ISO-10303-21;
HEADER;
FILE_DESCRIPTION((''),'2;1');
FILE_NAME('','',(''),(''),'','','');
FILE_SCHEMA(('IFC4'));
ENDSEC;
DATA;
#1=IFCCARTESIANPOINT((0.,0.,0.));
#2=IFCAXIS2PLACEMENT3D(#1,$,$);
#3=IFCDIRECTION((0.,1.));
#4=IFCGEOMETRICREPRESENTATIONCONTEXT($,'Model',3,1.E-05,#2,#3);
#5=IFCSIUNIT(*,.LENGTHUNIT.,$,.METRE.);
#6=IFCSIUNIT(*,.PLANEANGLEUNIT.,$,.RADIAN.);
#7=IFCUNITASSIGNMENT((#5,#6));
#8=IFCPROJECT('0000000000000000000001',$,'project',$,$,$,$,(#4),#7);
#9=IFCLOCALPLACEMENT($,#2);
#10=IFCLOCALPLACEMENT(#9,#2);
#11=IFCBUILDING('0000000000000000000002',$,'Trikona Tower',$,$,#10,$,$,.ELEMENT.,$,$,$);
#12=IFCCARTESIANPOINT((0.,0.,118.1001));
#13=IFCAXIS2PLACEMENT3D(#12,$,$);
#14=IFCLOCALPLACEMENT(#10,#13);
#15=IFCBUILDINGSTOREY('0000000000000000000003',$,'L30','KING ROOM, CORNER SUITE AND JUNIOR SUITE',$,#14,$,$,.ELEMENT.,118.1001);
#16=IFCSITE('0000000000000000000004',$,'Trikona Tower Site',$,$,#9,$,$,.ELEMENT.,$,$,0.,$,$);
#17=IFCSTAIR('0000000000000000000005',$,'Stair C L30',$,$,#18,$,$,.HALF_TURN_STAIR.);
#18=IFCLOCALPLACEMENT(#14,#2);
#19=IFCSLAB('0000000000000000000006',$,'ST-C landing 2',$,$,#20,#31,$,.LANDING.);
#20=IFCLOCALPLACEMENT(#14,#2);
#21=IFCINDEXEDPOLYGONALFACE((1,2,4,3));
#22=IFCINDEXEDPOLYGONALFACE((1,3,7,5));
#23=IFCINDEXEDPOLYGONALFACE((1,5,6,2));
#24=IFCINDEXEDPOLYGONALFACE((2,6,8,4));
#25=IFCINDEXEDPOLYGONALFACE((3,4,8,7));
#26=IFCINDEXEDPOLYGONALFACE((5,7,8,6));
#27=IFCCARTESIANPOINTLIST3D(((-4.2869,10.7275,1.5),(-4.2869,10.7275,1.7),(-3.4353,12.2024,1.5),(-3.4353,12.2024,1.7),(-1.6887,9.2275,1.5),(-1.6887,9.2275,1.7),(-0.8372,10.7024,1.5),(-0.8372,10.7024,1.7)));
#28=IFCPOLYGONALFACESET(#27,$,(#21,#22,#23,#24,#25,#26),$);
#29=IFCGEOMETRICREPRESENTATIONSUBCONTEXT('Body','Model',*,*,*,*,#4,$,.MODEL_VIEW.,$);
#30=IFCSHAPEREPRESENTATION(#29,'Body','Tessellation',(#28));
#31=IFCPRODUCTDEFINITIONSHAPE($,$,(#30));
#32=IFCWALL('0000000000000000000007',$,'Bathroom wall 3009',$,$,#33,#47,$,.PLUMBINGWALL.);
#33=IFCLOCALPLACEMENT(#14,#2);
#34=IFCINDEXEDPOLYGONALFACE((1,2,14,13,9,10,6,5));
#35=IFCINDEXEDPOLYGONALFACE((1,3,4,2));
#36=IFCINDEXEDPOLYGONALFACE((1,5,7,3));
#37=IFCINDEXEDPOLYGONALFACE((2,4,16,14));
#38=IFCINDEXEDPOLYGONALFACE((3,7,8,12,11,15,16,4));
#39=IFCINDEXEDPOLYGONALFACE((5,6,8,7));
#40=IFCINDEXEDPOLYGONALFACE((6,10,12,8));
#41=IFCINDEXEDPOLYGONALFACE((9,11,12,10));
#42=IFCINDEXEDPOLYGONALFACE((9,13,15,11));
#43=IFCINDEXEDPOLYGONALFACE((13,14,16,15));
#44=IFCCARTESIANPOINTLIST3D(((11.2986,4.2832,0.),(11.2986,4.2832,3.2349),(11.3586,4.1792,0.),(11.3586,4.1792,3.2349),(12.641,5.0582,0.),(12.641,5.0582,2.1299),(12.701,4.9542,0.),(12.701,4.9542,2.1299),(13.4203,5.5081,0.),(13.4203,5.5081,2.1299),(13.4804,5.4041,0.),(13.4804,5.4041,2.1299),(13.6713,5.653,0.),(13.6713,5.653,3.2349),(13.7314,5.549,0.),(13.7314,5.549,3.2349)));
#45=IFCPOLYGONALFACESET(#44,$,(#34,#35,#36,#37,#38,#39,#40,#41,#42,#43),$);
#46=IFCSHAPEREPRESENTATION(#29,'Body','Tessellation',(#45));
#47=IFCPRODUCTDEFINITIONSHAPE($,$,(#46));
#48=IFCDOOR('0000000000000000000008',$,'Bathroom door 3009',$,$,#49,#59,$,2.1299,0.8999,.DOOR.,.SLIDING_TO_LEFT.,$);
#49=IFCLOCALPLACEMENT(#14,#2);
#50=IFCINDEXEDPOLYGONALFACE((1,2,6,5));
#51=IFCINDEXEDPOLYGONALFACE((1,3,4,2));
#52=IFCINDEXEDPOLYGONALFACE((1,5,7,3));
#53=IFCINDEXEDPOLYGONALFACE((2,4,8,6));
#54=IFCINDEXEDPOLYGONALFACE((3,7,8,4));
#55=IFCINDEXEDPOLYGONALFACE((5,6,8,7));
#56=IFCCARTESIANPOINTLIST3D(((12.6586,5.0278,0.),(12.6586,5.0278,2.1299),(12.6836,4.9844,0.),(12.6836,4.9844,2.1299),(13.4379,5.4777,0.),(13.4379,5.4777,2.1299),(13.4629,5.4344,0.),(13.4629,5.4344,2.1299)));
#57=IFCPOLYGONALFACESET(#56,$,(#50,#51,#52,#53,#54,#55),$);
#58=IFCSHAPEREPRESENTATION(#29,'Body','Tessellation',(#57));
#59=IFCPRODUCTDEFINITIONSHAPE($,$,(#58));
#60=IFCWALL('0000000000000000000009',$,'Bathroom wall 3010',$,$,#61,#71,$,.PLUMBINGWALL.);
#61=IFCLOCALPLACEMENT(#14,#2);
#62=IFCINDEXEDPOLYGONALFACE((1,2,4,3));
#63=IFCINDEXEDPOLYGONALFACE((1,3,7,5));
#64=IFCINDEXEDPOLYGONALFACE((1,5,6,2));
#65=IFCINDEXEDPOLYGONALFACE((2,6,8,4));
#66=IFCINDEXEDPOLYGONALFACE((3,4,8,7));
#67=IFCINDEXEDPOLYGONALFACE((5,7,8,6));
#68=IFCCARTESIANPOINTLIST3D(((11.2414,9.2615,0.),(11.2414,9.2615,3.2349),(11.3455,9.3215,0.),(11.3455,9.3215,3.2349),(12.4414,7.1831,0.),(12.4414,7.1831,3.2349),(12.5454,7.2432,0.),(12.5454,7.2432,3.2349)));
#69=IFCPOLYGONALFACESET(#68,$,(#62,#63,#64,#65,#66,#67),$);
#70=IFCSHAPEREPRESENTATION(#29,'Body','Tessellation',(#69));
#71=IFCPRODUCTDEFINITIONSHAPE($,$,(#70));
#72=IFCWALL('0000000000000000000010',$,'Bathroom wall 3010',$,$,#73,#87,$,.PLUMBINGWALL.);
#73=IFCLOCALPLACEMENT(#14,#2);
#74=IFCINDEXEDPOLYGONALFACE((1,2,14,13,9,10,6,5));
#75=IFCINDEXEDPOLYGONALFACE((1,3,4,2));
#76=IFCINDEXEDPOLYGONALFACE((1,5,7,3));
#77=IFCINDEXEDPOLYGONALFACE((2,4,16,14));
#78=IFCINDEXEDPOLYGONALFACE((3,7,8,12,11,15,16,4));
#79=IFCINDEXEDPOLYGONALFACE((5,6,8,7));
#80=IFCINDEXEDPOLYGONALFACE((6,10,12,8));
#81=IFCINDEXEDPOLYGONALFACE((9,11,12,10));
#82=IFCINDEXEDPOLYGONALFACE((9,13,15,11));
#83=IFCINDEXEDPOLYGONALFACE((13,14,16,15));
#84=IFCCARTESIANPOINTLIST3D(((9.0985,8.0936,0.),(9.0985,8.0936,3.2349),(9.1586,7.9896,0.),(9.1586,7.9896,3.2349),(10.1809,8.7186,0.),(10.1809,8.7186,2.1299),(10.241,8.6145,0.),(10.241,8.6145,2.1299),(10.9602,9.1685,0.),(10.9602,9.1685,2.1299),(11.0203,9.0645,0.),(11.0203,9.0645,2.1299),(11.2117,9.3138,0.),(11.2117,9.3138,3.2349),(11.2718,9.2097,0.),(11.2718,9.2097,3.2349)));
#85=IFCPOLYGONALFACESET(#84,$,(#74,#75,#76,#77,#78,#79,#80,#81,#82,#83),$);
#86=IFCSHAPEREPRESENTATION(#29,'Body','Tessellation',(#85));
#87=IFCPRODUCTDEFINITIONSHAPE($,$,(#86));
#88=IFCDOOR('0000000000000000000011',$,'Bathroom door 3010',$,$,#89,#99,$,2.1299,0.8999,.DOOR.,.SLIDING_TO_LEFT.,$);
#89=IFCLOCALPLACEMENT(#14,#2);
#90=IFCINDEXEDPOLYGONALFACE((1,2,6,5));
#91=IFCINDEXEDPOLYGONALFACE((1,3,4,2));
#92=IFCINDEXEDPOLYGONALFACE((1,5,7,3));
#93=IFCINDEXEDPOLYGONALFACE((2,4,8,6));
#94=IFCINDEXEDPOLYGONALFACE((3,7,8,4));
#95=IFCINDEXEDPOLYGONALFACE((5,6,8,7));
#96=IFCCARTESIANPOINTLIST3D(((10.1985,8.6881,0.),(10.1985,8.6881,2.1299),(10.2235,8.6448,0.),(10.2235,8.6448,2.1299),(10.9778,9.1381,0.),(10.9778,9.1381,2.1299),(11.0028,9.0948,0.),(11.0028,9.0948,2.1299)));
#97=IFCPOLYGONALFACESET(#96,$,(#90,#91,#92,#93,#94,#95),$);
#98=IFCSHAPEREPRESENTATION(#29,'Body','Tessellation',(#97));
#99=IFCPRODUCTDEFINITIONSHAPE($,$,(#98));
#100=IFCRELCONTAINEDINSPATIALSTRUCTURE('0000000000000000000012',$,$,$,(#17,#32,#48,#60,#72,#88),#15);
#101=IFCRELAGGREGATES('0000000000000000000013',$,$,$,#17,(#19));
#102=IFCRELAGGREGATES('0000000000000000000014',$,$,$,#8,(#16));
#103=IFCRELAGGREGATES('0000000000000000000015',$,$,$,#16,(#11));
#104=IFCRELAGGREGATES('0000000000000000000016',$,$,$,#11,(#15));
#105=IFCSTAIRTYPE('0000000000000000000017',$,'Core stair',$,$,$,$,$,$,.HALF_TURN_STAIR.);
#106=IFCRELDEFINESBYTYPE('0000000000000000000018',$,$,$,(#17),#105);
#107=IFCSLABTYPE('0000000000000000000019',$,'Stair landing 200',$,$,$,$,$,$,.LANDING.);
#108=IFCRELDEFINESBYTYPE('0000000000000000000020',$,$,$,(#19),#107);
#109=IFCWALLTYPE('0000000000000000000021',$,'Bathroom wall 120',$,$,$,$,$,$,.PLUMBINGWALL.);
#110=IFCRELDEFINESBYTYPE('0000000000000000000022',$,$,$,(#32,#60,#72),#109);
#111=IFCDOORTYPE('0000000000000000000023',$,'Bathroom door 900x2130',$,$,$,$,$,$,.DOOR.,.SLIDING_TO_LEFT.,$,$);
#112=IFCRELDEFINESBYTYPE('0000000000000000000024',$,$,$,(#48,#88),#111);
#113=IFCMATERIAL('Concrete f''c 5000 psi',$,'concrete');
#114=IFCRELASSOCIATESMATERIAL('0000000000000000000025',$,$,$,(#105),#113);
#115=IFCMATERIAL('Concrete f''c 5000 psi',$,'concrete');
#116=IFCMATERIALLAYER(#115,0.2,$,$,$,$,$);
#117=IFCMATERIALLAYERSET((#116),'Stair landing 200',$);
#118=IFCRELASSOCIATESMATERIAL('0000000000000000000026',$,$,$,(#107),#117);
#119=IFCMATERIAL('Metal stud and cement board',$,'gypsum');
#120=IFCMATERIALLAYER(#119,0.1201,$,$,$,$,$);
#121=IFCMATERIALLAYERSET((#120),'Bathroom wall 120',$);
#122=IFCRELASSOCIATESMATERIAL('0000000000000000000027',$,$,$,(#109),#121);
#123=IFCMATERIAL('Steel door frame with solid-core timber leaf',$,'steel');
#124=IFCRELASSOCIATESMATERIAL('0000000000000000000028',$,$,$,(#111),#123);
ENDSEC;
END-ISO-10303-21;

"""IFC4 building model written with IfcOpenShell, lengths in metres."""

from ifc_helpers import new_model, si_unit, direction, frame, frame_2d, origin, place, context, subcontext, project, spatial, polyline, rectangle, outline, extrude, material, layer, layer_set, type_object, element, fill, aggregate, save


model = new_model("IFC4")

# Units and contexts
model_context = context("Model", 3, precision=1e-05, world=origin(), true_north=direction((0.0, 1.0)))
body_context = subcontext(model_context, "Body", "Model", "MODEL_VIEW")
ifc_project = project(units=[si_unit("LENGTHUNIT", "METRE"), si_unit("PLANEANGLEUNIT", "RADIAN")], contexts=[model_context])

# Site, building, storey
site_placement = place(None, origin())
site = spatial("IfcSite", under=ifc_project, at=site_placement, Name="Trikona Tower Site", CompositionType="ELEMENT", RefElevation=0.0)
building_placement = place(site_placement, origin())
building = spatial("IfcBuilding", under=site, at=building_placement, Name="Trikona Tower", CompositionType="ELEMENT")
storey_placement = place(building_placement, frame((0.0, 0.0, 118.1001)))
storey = spatial("IfcBuildingStorey", under=building, at=storey_placement, Name="L30", Description="KING ROOM, CORNER SUITE AND JUNIOR SUITE", CompositionType="ELEMENT", Elevation=118.1001)

# Stair, slab
ifc_material_1 = material(Name="Concrete f'c 5000 psi", Category="concrete")
stair_type = type_object("IfcStairType", Name="Core stair", PredefinedType="HALF_TURN_STAIR", material=ifc_material_1)
ifc_material_2 = material(Name="Concrete f'c 5000 psi", Category="concrete")
ifc_layer_1 = layer(ifc_material_2, 0.2)
ifc_layer_set_1 = layer_set([ifc_layer_1], Name="Stair landing 200")
slab_type_1 = type_object("IfcSlabType", Name="Stair landing 200", PredefinedType="LANDING", material=ifc_layer_set_1)
stair_1_placement = place(storey_placement, origin())
stair_1 = element("IfcStair", 1, at=stair_1_placement, inside=storey, type_object=stair_type, Name="Stair C L30", PredefinedType="HALF_TURN_STAIR")
slab_1_placement = place(storey_placement, frame((0.0, 0.0, 1.5)))
slab_1 = element("IfcSlab", 2, at=slab_1_placement, type_object=slab_type_1, Name="ST-C landing 2", PredefinedType="LANDING", context=body_context, shape_type="SweptSolid", body=[
    extrude(outline(polyline([(-0.8372, 10.7024), (-1.6887, 9.2275), (-4.2869, 10.7275), (-3.4353, 12.2024), (-0.8372, 10.7024)])), origin(), (0.0, 0.0, 1.0), 0.2),
])
aggregate(stair_1, [slab_1])

# Wall, opening, door
ifc_material_3 = material(Name="Metal stud and cement board", Category="gypsum")
ifc_layer_2 = layer(ifc_material_3, 0.1201)
ifc_layer_set_2 = layer_set([ifc_layer_2], Name="Bathroom wall 120")
wall_type_1 = type_object("IfcWallType", Name="Bathroom wall 120", PredefinedType="PLUMBINGWALL", material=ifc_layer_set_2)
wall_1_placement = place(storey_placement, frame((11.3286, 4.2312, 0.0), z_axis=(0.0, 0.0, 1.0), x_axis=(0.866036, 0.499982, 0.0)))
wall_1 = element("IfcWall", 3, at=wall_1_placement, inside=storey, type_object=wall_type_1, Name="Bathroom wall 3009", PredefinedType="PLUMBINGWALL", context=body_context, shape_type="SweptSolid", body=[
    extrude(rectangle(XDim=2.7397, YDim=0.1201, at=frame_2d((1.3699, 0.0))), origin(), (0.0, 0.0, 1.0), 3.2349),
])
opening_1_placement = place(wall_1_placement, frame((1.55, 0.0, 0.0)))
opening_1 = element("IfcOpeningElement", 4, at=opening_1_placement, cuts=wall_1, PredefinedType="OPENING", context=body_context, shape_type="SweptSolid", body=[
    extrude(rectangle(XDim=0.8999, YDim=2.1299, at=frame_2d((0.45, 1.0649))), frame((0.0, 0.0701, 0.0), z_axis=(0.0, -1.0, 0.0), x_axis=(1.0, 0.0, 0.0)), (0.0, 0.0, 1.0), 0.1401),
])
ifc_material_4 = material(Name="Steel door frame with solid-core timber leaf", Category="steel")
door_type_1 = type_object("IfcDoorType", Name="Bathroom door 900x2130", OperationType="SLIDING_TO_LEFT", PredefinedType="DOOR", material=ifc_material_4)
door_1_placement = place(opening_1_placement, origin())
door_1 = element("IfcDoor", 5, at=door_1_placement, inside=storey, type_object=door_type_1, Name="Bathroom door 3009", OperationType="SLIDING_TO_LEFT", OverallHeight=2.1299, OverallWidth=0.8999, PredefinedType="DOOR", context=body_context, shape_type="SweptSolid", body=[
    extrude(rectangle(XDim=0.8999, YDim=2.1299, at=frame_2d((0.45, 1.0649))), frame((0.0, 0.0249, 0.0), z_axis=(0.0, -1.0, 0.0), x_axis=(1.0, 0.0, 0.0)), (0.0, 0.0, 1.0), 0.05),
])
fill(opening_1, door_1)

# Wall
wall_2_placement = place(storey_placement, frame((12.4934, 7.2131, 0.0), z_axis=(0.0, 0.0, 1.0), x_axis=(-0.500001, 0.866025, 0.0)))
element("IfcWall", 6, at=wall_2_placement, inside=storey, type_object=wall_type_1, Name="Bathroom wall 3010", PredefinedType="PLUMBINGWALL", context=body_context, shape_type="SweptSolid", body=[
    extrude(rectangle(XDim=2.3999, YDim=0.1201, at=frame_2d((1.2, 0.0))), origin(), (0.0, 0.0, 1.0), 3.2349),
])

# Wall, opening, door
wall_3_placement = place(storey_placement, frame((9.1284, 8.0415, 0.0), z_axis=(0.0, 0.0, 1.0), x_axis=(0.866006, 0.500034, 0.0)))
wall_3 = element("IfcWall", 7, at=wall_3_placement, inside=storey, type_object=wall_type_1, Name="Bathroom wall 3010", PredefinedType="PLUMBINGWALL", context=body_context, shape_type="SweptSolid", body=[
    extrude(rectangle(XDim=2.4402, YDim=0.1201, at=frame_2d((1.2202, 0.0))), origin(), (0.0, 0.0, 1.0), 3.2349),
])
opening_2_placement = place(wall_3_placement, frame((1.25, 0.0, 0.0)))
opening_2 = element("IfcOpeningElement", 8, at=opening_2_placement, cuts=wall_3, PredefinedType="OPENING", context=body_context, shape_type="SweptSolid", body=[
    extrude(rectangle(XDim=0.8999, YDim=2.1299, at=frame_2d((0.45, 1.0649))), frame((0.0, 0.0701, 0.0), z_axis=(0.0, -1.0, 0.0), x_axis=(1.0, 0.0, 0.0)), (0.0, 0.0, 1.0), 0.1401),
])
door_2_placement = place(opening_2_placement, origin())
door_2 = element("IfcDoor", 9, at=door_2_placement, inside=storey, type_object=door_type_1, Name="Bathroom door 3010", OperationType="SLIDING_TO_LEFT", OverallHeight=2.1299, OverallWidth=0.8999, PredefinedType="DOOR", context=body_context, shape_type="SweptSolid", body=[
    extrude(rectangle(XDim=0.8999, YDim=2.1299, at=frame_2d((0.45, 1.0649))), frame((0.0, 0.0249, 0.0), z_axis=(0.0, -1.0, 0.0), x_axis=(1.0, 0.0, 0.0)), (0.0, 0.0, 1.0), 0.05),
])
fill(opening_2, door_2)

save(model, "model.ifc")
